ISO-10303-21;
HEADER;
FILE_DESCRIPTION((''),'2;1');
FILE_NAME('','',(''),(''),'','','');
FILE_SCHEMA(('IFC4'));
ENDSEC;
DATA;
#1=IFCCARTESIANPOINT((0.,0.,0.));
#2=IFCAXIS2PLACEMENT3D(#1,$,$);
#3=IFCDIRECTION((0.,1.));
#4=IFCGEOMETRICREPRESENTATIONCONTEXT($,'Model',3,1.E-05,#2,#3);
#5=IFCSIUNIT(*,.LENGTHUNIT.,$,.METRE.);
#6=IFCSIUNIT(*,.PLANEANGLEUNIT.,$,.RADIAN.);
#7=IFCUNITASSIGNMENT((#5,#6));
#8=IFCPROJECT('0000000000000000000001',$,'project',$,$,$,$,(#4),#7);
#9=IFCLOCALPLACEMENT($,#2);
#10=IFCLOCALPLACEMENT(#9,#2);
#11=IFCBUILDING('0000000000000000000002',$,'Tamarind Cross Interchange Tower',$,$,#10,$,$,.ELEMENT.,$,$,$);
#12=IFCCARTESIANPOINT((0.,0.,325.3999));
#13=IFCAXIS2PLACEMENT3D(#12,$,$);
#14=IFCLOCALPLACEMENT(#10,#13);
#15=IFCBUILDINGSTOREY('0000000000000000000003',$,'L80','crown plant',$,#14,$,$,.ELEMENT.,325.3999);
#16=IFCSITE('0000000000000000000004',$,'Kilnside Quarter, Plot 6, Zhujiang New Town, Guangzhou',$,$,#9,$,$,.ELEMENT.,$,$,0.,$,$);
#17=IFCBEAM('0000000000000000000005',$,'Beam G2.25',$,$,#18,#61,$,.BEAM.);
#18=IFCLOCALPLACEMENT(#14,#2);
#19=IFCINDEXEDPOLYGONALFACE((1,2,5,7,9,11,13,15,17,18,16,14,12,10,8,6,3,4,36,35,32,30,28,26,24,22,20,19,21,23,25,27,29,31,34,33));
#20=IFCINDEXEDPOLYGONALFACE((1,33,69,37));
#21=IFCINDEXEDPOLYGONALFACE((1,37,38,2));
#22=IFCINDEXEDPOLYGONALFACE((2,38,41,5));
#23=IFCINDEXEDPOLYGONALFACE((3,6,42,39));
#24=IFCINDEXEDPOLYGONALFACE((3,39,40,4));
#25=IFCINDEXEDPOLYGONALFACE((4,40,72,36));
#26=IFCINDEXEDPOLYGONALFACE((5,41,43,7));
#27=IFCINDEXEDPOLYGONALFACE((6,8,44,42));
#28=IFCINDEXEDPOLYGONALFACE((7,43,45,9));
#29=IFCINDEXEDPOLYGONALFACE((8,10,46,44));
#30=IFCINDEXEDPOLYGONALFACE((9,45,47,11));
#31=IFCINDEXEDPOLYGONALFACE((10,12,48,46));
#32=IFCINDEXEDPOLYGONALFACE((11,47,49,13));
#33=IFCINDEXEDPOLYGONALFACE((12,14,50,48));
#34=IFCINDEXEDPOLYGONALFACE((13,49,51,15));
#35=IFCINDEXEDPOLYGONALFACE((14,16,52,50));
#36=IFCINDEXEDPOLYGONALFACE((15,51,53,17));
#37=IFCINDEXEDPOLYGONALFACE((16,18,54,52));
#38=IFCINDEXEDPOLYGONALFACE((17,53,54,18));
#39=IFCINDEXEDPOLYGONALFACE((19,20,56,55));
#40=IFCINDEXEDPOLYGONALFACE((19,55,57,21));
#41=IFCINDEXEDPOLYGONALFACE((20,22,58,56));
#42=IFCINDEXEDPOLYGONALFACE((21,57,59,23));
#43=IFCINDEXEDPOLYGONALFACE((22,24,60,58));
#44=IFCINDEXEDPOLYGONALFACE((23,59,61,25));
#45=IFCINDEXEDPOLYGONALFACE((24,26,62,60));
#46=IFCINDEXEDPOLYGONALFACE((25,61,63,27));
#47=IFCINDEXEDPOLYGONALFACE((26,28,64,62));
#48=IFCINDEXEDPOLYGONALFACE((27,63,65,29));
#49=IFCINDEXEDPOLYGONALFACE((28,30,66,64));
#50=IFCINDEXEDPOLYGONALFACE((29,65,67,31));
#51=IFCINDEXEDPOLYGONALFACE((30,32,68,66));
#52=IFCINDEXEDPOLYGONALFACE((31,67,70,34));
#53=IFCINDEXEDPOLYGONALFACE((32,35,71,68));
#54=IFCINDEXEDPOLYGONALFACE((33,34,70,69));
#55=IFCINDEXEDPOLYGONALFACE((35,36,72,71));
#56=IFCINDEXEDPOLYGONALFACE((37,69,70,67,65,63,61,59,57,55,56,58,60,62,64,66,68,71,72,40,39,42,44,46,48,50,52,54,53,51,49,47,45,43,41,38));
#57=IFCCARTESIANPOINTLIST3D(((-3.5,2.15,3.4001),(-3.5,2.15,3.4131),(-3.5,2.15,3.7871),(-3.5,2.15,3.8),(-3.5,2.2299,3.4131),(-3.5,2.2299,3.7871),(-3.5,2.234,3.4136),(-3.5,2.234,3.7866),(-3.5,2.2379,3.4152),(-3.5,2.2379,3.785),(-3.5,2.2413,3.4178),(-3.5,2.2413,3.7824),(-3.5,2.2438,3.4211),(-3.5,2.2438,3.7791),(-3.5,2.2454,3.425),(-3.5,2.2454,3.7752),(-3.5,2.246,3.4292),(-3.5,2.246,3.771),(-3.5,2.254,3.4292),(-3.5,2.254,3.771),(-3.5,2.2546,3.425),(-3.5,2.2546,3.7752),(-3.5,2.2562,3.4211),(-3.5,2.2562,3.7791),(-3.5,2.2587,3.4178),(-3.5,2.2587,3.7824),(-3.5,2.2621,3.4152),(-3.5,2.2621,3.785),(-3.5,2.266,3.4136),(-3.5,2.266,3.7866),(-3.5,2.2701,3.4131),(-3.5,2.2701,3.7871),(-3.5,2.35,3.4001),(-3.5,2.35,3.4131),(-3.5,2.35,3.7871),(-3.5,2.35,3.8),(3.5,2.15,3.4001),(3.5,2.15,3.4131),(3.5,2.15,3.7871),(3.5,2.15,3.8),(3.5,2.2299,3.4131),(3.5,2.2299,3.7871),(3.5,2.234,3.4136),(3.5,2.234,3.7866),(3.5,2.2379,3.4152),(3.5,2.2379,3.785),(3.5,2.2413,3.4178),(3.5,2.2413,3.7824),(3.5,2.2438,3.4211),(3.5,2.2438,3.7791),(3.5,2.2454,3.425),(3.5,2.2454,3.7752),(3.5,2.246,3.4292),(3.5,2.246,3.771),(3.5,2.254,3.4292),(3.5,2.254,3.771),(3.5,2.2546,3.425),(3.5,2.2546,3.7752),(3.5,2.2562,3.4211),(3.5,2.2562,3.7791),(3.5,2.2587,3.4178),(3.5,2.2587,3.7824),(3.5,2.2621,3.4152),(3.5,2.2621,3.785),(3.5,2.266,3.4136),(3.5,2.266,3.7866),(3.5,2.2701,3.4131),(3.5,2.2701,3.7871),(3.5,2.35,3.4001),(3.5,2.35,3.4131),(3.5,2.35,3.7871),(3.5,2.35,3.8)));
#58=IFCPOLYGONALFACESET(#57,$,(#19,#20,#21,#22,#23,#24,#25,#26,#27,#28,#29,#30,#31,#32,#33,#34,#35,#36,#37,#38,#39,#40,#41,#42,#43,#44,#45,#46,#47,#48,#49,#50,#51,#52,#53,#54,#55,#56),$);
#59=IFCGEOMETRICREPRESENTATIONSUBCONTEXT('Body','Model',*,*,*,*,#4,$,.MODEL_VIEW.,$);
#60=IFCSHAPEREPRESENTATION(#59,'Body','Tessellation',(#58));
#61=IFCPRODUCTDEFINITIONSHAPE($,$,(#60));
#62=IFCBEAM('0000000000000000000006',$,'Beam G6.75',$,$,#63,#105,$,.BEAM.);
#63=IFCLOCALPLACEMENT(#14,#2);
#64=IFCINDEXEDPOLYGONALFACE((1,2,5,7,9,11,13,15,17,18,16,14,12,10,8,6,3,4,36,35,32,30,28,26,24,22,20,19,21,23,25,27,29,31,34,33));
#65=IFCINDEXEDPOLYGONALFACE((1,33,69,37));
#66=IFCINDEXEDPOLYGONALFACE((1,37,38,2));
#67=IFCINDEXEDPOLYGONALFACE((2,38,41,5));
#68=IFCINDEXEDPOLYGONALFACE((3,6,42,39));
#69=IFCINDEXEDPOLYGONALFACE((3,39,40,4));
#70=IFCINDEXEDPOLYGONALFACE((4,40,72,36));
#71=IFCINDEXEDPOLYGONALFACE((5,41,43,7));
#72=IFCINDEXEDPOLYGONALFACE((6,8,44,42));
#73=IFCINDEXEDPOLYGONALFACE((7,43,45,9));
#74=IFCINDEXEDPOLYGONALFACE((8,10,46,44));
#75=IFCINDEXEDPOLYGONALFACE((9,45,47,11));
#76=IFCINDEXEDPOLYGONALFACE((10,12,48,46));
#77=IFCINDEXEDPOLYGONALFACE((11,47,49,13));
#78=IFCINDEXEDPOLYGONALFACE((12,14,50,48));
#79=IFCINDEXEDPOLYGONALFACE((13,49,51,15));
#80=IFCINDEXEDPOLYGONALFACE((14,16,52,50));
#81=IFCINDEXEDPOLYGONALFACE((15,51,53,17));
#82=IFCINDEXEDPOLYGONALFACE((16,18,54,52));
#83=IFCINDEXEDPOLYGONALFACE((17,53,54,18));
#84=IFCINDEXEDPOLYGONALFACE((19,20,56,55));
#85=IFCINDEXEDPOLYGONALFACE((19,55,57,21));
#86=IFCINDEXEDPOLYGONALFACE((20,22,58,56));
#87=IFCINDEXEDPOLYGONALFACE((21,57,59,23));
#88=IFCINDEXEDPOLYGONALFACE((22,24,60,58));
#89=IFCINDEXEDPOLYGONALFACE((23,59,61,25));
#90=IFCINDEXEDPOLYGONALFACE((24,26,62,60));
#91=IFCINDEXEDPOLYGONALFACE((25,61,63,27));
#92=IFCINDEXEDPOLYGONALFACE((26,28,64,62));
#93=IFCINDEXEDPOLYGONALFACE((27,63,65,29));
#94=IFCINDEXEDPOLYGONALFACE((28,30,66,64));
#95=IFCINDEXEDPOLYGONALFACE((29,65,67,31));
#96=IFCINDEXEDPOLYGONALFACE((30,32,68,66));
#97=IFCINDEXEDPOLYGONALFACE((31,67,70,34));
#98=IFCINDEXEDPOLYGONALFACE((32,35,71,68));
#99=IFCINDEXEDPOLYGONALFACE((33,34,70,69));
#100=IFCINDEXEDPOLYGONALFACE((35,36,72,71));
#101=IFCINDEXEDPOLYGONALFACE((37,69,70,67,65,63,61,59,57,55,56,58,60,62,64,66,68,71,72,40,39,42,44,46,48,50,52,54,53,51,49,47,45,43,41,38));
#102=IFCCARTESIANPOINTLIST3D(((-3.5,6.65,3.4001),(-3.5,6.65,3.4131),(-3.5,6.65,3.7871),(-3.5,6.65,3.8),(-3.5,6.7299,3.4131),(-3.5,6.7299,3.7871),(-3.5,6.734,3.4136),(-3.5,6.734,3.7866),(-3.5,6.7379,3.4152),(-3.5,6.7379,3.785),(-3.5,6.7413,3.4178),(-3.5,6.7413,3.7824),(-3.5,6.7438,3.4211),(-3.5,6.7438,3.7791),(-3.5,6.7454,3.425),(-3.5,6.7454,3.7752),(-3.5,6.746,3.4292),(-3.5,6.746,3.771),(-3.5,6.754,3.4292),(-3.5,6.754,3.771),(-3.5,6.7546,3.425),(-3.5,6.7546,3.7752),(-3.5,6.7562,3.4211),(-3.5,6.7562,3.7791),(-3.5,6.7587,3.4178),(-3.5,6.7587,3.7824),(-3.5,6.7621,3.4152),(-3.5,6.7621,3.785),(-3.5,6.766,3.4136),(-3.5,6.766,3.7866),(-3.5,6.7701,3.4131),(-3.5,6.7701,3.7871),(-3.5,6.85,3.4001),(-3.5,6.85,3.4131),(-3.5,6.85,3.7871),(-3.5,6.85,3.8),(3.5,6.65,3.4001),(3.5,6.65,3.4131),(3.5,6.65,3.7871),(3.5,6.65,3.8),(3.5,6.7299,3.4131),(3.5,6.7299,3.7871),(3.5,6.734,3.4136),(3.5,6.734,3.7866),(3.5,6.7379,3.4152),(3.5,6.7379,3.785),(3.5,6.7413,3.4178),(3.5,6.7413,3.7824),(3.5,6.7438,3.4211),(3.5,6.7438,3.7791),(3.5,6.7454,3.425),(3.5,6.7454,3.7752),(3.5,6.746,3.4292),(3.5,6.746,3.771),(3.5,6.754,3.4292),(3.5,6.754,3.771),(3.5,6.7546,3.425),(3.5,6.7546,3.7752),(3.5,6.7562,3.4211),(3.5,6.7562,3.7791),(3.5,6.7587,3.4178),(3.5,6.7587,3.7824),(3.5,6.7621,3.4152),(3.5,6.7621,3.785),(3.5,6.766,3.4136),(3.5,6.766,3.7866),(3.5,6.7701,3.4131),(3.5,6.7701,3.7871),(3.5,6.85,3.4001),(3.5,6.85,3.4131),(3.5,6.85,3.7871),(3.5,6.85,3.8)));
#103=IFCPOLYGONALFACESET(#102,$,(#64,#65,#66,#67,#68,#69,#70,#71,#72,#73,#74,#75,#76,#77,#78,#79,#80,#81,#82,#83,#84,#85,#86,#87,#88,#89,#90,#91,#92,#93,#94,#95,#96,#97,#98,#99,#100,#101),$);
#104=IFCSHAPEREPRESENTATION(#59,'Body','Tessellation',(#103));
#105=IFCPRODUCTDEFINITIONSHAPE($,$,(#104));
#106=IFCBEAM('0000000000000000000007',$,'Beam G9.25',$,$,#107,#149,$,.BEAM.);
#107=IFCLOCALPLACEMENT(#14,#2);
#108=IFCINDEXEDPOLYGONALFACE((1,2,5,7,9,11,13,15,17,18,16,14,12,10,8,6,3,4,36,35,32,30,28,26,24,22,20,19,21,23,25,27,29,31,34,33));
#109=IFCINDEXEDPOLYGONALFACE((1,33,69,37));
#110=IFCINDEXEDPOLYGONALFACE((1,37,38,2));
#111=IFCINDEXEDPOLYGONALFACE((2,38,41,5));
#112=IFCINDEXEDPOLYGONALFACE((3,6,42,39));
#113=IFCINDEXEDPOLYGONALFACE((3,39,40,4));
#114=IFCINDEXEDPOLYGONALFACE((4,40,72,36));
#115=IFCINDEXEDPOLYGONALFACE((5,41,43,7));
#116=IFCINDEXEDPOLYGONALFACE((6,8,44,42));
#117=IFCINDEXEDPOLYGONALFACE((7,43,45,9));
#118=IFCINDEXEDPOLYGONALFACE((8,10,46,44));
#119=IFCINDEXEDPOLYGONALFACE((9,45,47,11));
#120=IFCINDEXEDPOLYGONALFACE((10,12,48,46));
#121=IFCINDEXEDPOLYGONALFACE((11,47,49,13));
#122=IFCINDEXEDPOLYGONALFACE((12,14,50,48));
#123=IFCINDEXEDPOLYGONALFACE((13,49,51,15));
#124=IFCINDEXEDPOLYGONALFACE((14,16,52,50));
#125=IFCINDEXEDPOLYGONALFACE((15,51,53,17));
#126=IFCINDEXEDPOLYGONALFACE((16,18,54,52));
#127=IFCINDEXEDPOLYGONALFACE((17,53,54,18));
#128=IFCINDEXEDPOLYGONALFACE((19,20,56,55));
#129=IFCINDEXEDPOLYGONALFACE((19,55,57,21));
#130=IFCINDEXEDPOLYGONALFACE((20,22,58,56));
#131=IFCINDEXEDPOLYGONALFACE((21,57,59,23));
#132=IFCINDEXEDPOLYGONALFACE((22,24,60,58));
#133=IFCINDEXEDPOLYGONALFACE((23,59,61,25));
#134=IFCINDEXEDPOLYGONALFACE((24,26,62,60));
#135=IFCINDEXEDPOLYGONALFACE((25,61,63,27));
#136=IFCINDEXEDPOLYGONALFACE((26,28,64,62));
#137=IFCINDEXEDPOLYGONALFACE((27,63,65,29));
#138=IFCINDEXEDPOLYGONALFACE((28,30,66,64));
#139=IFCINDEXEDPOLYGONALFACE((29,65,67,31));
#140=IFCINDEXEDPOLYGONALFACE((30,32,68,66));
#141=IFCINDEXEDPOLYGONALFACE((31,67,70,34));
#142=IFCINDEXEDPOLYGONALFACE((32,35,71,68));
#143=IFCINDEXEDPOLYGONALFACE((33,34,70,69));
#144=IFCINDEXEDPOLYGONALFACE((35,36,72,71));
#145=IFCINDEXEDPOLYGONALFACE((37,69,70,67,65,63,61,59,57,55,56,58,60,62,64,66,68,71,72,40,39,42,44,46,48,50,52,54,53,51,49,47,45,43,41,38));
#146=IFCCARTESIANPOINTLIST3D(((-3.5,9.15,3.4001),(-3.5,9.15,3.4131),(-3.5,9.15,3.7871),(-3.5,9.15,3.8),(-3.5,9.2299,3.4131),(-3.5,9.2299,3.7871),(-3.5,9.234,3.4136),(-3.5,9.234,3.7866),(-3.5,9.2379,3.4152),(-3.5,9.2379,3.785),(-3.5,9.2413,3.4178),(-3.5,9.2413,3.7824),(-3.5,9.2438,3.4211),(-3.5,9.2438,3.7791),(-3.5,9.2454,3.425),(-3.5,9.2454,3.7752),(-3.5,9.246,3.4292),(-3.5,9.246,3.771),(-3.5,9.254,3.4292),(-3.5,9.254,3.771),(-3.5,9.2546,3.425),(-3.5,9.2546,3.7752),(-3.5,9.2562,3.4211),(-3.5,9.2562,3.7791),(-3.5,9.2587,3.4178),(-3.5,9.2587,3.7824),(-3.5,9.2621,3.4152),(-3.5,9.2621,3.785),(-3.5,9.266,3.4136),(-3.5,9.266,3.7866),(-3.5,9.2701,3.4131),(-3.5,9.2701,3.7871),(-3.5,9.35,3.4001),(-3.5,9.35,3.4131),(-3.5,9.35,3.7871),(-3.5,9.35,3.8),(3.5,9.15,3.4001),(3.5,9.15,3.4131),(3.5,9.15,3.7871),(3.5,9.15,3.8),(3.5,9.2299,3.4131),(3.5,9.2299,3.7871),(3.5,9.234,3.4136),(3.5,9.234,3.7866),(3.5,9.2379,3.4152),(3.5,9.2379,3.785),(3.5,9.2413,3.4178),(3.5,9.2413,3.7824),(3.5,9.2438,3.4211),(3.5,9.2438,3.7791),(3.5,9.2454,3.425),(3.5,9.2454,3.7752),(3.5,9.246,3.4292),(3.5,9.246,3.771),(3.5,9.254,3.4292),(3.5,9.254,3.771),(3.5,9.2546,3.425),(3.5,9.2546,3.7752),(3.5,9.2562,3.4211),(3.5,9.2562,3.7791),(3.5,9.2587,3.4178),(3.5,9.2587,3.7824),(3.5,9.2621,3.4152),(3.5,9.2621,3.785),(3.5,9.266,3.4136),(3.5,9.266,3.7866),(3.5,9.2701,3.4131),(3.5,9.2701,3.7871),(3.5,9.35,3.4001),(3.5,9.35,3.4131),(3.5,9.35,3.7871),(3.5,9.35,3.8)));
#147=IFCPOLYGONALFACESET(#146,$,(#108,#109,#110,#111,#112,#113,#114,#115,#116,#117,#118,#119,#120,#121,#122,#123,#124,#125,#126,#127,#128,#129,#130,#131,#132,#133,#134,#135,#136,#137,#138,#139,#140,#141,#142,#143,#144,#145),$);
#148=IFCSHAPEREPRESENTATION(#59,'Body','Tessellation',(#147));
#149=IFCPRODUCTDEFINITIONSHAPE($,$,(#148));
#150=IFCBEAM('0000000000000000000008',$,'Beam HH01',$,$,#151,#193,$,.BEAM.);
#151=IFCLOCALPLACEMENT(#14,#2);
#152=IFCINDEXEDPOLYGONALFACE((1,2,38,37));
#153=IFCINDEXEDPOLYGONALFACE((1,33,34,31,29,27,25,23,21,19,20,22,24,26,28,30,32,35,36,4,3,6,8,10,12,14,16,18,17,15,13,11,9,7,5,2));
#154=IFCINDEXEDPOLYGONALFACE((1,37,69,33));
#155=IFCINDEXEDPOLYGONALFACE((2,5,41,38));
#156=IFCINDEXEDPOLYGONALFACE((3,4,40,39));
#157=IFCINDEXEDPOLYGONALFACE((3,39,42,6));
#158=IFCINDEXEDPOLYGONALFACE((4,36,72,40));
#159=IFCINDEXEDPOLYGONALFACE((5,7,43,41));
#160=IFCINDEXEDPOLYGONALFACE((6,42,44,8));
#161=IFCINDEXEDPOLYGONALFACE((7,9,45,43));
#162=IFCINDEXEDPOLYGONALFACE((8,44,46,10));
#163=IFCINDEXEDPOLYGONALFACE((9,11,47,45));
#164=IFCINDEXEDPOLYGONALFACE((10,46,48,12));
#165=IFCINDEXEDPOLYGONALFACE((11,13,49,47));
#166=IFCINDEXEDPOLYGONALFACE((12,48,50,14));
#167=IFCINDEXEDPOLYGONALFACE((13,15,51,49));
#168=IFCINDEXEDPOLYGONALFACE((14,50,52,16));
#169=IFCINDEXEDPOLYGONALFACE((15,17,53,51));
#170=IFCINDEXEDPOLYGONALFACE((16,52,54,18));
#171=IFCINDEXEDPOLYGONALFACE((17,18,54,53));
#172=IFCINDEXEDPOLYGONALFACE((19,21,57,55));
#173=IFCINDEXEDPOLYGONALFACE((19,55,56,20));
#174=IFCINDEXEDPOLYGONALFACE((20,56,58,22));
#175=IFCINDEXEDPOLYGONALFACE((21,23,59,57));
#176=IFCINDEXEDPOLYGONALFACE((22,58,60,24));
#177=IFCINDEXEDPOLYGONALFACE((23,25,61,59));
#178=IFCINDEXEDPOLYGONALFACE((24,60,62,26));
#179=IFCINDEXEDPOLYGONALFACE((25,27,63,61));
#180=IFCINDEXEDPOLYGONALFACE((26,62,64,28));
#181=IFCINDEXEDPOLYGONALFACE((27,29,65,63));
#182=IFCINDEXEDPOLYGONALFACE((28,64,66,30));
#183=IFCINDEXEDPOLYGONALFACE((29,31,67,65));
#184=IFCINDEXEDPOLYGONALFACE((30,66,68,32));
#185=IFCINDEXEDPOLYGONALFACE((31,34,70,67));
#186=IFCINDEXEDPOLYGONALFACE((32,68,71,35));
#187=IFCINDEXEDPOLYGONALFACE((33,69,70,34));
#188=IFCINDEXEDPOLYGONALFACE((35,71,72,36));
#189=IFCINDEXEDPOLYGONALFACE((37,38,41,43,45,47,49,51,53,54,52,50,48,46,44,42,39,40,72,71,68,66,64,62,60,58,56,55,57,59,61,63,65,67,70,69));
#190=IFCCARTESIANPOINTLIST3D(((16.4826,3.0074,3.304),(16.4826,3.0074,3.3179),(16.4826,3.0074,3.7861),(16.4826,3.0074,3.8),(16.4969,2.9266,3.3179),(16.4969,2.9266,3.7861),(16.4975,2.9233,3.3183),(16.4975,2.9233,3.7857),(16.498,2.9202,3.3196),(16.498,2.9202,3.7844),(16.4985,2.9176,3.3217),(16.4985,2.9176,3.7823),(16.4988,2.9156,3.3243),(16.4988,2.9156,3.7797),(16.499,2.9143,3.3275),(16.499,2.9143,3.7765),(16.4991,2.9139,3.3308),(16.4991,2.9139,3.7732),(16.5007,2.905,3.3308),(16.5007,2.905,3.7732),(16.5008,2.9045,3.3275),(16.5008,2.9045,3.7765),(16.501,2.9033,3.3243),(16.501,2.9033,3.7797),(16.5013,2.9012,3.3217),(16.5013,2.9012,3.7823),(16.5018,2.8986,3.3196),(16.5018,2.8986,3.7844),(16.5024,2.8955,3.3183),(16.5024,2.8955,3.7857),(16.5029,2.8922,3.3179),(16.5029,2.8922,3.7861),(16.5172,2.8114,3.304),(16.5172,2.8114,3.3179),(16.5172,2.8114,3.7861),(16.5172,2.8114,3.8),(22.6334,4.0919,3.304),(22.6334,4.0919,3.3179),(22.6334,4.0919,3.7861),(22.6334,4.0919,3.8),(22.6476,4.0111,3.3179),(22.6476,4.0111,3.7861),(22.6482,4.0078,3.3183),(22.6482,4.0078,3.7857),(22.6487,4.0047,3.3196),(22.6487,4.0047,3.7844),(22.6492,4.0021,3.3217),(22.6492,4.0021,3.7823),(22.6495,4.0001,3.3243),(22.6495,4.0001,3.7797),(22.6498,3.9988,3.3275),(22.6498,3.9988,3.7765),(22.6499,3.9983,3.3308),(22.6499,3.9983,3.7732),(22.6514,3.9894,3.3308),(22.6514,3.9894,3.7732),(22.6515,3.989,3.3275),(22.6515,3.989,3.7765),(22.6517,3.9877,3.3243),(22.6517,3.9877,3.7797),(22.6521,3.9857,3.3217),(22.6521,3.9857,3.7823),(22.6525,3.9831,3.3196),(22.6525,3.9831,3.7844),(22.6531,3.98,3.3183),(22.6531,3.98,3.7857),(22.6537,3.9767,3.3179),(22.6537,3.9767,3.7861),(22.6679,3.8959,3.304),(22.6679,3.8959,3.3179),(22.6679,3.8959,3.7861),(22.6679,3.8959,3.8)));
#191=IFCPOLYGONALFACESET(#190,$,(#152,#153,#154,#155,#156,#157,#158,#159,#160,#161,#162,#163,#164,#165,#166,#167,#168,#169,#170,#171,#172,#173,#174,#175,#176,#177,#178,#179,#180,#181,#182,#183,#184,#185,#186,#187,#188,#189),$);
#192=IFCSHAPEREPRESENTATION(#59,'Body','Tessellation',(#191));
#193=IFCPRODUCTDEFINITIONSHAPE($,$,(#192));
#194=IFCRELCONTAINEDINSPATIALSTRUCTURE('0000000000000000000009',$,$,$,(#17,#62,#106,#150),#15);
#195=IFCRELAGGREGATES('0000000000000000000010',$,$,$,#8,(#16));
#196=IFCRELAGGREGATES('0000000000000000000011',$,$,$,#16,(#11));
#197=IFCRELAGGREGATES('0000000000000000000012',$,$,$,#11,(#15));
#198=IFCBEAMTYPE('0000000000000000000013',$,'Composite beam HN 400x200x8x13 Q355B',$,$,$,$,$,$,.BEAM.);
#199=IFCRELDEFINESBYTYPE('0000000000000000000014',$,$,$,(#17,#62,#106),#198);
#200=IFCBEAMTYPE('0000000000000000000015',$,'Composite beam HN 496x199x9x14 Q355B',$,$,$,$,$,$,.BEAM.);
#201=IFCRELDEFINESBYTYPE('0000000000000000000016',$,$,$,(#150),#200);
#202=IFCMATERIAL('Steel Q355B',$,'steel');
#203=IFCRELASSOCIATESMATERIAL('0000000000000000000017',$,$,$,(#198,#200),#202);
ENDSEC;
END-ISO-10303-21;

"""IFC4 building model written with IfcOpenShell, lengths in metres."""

from ifc_helpers import new_model, si_unit, direction, frame, origin, origin_2d, place, context, subcontext, project, spatial, i_section, extrude, material, material_profile, profile_set, type_object, element, save


model = new_model("IFC4")

# Units and contexts
model_context = context("Model", 3, precision=1e-05, world=origin(), true_north=direction((0.0, 1.0)))
body_context = subcontext(model_context, "Body", "Model", "MODEL_VIEW")
ifc_project = project(units=[si_unit("LENGTHUNIT", "METRE"), si_unit("PLANEANGLEUNIT", "RADIAN")], contexts=[model_context])

# Site, building, storey
site_placement = place(None, origin())
site = spatial("IfcSite", under=ifc_project, at=site_placement, Name="Kilnside Quarter, Plot 6, Zhujiang New Town, Guangzhou", CompositionType="ELEMENT", RefElevation=0.0)
building_placement = place(site_placement, origin())
building = spatial("IfcBuilding", under=site, at=building_placement, Name="Tamarind Cross Interchange Tower", CompositionType="ELEMENT")
storey_placement = place(building_placement, frame((0.0, 0.0, 325.3999)))
storey = spatial("IfcBuildingStorey", under=building, at=storey_placement, Name="L80", Description="crown plant", CompositionType="ELEMENT", Elevation=325.3999)

# Beams
ifc_material_1 = material(Name="Steel Q355B", Category="steel")
ifc_material_profile_1 = material_profile(ifc_material_1, i_section(OverallWidth=0.2, OverallDepth=0.3999, WebThickness=0.0081, FlangeThickness=0.0129, FilletRadius=0.0161, at=origin_2d()), Name="HN 400x200x8x13")
ifc_profile_set_1 = profile_set([ifc_material_profile_1], Name="Steel Q355B")
beam_type_1 = type_object("IfcBeamType", Name="Composite beam HN 400x200x8x13 Q355B", PredefinedType="BEAM", material=ifc_profile_set_1)
for number, where, z_axis, x_axis, name in (
    (1, (-3.5, 2.25, 3.6001), (1.0, 0.0, 0.0), (0.0, 1.0, 0.0), "Beam G2.25"),
    (2, (-3.5, 6.75, 3.6001), (1.0, 0.0, 0.0), (0.0, 1.0, 0.0), "Beam G6.75"),
    (3, (-3.5, 9.25, 3.6001), (1.0, 0.0, 0.0), (0.0, 1.0, 0.0), "Beam G9.25"),
):
    element("IfcBeam", number, at=place(storey_placement, frame(where, z_axis=z_axis, x_axis=x_axis)), inside=storey, type_object=beam_type_1, Name=name, PredefinedType="BEAM", context=body_context, shape_type="SweptSolid", body=[
        extrude(i_section(OverallWidth=0.2, OverallDepth=0.3999, WebThickness=0.0081, FlangeThickness=0.0129, FilletRadius=0.0161, at=origin_2d()), origin(), (0.0, 0.0, 1.0), 7.0),
    ])
ifc_material_profile_2 = material_profile(ifc_material_1, i_section(OverallWidth=0.199, OverallDepth=0.4961, WebThickness=0.009, FlangeThickness=0.0139, FilletRadius=0.0129, at=origin_2d()), Name="HN 496x199x9x14")
ifc_profile_set_2 = profile_set([ifc_material_profile_2], Name="Steel Q355B")
beam_type_2 = type_object("IfcBeamType", Name="Composite beam HN 496x199x9x14 Q355B", PredefinedType="BEAM", material=ifc_profile_set_2)
beam_1_placement = place(storey_placement, frame((22.6506, 3.9939, 3.552), z_axis=(-0.984809, -0.17364, 0.0), x_axis=(0.17364, -0.984809, 0.0)))
element("IfcBeam", 4, at=beam_1_placement, inside=storey, type_object=beam_type_2, Name="Beam HH01", PredefinedType="BEAM", context=body_context, shape_type="SweptSolid", body=[
    extrude(i_section(OverallWidth=0.199, OverallDepth=0.4961, WebThickness=0.009, FlangeThickness=0.0139, FilletRadius=0.0129, at=origin_2d()), origin(), (0.0, 0.0, 1.0), 6.2456),
])

save(model, "model.ifc")
